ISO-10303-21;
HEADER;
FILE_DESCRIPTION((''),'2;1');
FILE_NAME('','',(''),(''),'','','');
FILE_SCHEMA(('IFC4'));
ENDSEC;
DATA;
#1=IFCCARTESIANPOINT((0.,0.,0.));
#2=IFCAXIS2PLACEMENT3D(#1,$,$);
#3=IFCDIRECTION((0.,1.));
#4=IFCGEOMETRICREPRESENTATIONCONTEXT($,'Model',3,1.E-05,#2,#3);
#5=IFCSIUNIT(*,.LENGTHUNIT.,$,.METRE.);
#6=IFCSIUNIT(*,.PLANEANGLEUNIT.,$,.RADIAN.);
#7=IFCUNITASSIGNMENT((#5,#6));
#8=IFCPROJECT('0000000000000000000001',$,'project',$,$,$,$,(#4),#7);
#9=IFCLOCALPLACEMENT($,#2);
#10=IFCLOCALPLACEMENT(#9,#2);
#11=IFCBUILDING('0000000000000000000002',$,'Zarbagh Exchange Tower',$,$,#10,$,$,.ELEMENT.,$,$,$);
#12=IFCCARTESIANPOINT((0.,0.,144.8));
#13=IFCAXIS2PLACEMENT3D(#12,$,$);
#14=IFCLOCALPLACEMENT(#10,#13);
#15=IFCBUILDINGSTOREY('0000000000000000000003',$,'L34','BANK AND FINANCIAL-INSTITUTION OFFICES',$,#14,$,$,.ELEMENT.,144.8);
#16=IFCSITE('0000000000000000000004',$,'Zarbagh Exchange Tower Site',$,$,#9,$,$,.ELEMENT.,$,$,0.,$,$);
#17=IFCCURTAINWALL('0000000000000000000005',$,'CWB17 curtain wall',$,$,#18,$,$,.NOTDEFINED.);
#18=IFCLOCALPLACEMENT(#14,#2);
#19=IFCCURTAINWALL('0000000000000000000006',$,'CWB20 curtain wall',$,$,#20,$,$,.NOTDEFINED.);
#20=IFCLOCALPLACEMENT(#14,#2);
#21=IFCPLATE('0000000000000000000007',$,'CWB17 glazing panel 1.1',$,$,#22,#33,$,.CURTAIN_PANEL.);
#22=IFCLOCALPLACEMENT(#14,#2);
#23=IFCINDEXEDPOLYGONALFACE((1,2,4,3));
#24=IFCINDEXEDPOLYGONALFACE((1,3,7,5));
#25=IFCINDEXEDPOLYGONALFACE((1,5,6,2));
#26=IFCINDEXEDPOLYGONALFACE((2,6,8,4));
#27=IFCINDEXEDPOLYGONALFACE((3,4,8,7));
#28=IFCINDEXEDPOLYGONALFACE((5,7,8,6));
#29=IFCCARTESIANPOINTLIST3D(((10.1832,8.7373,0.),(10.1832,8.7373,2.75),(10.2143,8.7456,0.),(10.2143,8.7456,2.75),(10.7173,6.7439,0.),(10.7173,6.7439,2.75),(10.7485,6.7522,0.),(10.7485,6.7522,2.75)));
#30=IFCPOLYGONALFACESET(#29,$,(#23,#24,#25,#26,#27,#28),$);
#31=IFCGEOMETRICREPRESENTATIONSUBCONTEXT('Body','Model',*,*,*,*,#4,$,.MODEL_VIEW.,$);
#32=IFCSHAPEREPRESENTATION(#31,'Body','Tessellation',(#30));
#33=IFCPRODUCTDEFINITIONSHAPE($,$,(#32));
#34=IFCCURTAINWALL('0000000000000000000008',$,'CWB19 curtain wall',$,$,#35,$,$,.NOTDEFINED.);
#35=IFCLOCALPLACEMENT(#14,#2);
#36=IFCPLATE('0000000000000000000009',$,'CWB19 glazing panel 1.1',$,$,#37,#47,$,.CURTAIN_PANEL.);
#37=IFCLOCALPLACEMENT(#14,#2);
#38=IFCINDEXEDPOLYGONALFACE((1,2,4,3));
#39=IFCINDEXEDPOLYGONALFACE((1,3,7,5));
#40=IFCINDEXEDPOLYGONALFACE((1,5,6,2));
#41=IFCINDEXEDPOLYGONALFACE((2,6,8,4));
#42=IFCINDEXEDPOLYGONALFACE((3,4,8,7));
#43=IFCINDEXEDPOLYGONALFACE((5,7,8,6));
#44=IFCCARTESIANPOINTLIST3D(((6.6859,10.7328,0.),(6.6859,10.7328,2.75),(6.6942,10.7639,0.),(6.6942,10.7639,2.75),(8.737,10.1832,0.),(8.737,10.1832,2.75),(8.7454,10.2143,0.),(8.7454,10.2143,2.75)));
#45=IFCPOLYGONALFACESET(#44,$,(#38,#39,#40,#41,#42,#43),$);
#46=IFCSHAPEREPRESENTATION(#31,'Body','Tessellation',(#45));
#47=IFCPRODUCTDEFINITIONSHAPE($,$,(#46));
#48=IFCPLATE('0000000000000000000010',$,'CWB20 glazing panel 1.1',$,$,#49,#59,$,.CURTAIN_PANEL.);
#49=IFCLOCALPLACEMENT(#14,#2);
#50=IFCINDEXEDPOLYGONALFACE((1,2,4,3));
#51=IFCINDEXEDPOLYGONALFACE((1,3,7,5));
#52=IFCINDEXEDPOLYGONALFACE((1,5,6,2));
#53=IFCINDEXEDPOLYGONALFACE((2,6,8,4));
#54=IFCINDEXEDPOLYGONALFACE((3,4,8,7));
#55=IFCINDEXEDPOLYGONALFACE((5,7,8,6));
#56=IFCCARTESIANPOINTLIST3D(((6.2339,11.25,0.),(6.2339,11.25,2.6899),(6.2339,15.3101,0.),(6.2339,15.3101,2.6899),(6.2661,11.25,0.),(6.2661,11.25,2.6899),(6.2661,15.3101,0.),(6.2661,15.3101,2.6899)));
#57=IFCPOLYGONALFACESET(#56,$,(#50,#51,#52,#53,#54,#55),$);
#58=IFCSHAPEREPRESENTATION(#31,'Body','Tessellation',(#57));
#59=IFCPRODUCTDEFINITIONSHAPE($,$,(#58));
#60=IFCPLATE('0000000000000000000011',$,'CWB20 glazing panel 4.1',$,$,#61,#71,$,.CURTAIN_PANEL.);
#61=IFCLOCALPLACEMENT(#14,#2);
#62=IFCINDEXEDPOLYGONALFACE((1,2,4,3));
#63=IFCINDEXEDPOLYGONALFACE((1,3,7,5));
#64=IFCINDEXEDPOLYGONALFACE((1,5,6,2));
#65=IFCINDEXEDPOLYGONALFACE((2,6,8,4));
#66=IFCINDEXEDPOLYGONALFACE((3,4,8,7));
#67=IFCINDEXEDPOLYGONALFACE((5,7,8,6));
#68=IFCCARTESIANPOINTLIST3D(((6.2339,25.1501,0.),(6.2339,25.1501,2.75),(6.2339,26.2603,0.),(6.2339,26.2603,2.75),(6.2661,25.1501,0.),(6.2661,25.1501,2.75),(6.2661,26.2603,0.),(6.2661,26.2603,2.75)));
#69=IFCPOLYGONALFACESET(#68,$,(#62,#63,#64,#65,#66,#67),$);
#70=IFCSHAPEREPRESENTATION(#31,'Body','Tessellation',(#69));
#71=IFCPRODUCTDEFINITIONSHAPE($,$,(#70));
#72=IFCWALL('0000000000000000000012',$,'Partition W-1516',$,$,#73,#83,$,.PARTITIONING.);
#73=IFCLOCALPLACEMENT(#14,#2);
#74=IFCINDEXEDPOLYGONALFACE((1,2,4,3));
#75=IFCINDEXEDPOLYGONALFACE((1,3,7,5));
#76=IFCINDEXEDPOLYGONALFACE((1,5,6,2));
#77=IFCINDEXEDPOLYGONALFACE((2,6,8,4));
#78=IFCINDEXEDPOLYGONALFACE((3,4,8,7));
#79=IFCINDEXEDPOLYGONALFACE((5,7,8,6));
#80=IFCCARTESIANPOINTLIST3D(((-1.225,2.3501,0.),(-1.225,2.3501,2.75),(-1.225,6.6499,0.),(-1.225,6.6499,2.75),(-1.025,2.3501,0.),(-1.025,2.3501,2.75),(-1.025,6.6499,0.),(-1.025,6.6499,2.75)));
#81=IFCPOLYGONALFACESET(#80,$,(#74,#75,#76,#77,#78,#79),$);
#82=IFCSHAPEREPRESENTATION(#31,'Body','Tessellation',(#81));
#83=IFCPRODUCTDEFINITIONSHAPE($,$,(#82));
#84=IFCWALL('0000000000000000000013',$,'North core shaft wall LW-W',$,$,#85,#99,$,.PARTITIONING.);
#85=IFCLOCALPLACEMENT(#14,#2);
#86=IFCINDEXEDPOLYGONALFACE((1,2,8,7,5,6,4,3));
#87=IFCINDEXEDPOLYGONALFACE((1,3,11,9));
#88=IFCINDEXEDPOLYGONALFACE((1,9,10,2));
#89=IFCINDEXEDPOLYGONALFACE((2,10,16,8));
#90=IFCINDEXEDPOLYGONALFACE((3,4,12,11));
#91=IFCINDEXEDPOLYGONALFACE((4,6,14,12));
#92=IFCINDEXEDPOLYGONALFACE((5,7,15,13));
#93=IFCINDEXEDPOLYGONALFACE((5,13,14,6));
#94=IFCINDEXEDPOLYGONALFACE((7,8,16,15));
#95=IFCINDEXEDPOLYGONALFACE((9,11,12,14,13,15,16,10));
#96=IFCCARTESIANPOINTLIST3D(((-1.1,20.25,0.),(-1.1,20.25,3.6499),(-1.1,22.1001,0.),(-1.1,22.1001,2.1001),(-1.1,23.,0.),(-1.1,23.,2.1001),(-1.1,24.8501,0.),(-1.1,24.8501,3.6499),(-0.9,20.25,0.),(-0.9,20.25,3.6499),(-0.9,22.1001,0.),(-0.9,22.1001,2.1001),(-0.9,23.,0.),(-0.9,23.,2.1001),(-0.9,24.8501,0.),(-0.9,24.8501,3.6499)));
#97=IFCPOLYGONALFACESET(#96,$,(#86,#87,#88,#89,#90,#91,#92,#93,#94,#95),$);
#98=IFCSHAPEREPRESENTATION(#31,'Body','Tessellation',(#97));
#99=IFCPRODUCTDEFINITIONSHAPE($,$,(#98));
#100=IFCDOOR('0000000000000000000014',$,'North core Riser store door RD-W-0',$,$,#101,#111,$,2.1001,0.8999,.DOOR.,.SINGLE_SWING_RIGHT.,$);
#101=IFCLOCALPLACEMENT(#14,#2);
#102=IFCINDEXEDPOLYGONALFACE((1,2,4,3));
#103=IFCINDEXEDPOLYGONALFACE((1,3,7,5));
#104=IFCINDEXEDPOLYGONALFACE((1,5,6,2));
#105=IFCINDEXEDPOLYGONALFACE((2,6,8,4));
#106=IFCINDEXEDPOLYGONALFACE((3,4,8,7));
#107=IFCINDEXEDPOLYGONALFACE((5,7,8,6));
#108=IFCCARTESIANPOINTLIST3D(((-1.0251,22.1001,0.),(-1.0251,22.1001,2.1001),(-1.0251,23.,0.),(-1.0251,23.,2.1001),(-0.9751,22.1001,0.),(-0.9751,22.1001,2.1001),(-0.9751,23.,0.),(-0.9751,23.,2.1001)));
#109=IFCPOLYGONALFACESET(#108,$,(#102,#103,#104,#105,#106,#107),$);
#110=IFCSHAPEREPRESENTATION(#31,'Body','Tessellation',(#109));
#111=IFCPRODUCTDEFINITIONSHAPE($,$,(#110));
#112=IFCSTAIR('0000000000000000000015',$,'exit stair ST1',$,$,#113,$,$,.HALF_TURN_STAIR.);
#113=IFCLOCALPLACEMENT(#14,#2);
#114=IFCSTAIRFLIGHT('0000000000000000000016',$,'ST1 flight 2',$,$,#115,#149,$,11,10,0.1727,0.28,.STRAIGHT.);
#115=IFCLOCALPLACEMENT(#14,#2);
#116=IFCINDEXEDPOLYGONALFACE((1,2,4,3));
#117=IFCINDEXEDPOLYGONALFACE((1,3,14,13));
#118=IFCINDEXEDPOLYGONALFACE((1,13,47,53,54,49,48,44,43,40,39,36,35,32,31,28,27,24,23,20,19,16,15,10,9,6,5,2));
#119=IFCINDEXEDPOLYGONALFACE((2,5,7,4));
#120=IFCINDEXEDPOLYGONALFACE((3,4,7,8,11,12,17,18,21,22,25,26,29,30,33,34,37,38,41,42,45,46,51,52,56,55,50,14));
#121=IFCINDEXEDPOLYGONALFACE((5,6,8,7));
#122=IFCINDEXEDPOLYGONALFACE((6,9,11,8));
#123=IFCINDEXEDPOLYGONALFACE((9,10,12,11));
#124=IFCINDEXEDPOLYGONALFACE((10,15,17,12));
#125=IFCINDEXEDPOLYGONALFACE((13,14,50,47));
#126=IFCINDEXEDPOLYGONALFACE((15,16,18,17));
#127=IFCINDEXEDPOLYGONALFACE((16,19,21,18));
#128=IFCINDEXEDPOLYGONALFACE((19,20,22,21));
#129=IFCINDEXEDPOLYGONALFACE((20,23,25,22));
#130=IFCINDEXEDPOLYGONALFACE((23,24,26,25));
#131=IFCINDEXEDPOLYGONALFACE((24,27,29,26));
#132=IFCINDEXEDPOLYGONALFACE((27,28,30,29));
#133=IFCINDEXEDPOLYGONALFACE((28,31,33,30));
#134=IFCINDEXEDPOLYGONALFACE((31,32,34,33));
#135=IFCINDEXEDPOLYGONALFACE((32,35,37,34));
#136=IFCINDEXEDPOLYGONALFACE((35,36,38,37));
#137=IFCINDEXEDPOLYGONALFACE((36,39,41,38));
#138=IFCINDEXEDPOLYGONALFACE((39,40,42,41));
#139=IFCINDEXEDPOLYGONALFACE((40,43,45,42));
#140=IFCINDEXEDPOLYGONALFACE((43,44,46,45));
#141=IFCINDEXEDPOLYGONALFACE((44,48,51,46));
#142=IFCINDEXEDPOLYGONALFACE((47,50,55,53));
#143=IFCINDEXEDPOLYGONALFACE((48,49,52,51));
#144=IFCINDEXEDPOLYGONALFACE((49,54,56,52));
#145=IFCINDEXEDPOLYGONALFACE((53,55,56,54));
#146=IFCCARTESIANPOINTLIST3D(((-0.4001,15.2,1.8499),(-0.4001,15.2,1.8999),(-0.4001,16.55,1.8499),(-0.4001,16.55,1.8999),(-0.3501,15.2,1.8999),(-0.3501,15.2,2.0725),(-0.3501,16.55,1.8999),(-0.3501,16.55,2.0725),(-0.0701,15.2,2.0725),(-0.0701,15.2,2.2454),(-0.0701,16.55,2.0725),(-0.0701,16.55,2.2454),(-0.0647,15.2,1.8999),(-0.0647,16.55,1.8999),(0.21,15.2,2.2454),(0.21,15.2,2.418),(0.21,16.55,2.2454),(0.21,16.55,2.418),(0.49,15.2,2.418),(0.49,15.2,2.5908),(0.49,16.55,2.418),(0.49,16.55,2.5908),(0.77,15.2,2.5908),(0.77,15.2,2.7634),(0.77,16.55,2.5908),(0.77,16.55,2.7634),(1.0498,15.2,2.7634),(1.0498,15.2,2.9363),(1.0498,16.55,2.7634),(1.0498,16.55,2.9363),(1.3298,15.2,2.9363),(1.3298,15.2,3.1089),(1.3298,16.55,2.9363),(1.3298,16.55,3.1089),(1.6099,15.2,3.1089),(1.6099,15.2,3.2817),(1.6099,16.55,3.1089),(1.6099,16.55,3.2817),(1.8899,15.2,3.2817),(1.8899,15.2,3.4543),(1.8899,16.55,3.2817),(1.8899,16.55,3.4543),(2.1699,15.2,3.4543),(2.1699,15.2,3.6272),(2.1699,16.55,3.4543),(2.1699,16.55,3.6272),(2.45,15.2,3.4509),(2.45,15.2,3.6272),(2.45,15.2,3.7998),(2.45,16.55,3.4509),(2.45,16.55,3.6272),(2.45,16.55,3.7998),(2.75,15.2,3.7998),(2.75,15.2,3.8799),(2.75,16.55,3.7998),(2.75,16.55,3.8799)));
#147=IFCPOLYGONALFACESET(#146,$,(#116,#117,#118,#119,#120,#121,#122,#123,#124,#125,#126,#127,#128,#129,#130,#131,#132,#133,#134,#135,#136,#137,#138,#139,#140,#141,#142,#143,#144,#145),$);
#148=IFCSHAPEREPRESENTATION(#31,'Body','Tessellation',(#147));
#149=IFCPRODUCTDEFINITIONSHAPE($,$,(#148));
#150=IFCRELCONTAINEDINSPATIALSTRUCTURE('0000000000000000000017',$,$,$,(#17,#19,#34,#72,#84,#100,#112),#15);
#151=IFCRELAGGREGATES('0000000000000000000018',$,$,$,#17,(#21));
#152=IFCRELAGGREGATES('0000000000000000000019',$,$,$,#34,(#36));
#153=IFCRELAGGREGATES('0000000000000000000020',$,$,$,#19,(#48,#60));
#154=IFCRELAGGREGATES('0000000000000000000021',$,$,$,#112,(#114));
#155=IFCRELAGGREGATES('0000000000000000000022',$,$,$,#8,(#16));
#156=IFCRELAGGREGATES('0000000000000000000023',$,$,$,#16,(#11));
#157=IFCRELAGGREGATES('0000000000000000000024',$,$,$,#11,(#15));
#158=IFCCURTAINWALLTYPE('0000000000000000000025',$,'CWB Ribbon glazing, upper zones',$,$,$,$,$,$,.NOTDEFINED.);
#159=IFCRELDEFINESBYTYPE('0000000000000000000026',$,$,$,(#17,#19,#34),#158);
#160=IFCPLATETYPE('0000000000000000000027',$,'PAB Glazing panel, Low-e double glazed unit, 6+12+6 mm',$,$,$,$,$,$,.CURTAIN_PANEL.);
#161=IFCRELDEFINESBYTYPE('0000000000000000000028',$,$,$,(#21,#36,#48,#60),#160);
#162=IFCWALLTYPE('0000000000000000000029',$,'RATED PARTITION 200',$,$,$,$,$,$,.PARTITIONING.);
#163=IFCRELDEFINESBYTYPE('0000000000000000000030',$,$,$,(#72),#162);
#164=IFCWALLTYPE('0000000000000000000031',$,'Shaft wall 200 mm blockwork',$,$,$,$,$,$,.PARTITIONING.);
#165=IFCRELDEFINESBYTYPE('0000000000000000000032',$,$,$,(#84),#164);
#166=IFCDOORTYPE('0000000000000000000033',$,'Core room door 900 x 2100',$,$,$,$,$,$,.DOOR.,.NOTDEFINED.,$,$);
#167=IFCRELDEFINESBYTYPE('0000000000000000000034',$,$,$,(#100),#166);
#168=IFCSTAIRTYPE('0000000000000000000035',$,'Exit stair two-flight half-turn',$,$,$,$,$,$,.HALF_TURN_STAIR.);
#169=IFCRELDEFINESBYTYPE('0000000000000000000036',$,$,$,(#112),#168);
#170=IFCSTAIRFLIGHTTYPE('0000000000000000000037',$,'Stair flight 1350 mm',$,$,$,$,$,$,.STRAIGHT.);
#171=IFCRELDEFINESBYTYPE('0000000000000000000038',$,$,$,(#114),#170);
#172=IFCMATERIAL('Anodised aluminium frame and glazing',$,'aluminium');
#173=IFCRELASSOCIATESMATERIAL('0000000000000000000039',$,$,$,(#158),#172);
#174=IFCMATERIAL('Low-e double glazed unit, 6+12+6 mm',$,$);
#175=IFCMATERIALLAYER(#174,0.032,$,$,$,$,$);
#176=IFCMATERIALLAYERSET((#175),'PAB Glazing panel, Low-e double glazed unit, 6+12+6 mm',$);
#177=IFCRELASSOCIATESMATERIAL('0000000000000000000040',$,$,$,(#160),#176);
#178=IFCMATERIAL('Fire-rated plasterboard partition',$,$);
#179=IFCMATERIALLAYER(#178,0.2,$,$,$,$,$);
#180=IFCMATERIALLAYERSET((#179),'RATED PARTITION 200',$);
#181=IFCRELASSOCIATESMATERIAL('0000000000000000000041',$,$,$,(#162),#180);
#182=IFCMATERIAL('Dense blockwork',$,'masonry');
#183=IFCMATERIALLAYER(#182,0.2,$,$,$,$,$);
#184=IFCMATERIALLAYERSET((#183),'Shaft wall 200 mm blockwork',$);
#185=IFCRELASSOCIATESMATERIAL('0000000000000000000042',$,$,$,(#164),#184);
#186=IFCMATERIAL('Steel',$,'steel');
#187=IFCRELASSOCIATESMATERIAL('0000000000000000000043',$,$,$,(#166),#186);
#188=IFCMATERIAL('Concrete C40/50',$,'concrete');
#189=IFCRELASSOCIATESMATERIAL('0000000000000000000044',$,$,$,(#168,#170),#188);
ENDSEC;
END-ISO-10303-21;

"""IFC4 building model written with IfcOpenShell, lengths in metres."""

from ifc_helpers import new_model, si_unit, direction, frame, frame_2d, origin, place, context, subcontext, project, spatial, polyline, rectangle, outline, extrude, source, transform, mapped, material, layer, layer_set, type_object, element, fill, aggregate, save


model = new_model("IFC4")

# Units and contexts
model_context = context("Model", 3, precision=1e-05, world=origin(), true_north=direction((0.0, 1.0)))
body_context = subcontext(model_context, "Body", "Model", "MODEL_VIEW")
ifc_project = project(units=[si_unit("LENGTHUNIT", "METRE"), si_unit("PLANEANGLEUNIT", "RADIAN")], contexts=[model_context])

# Site, building, storey
site_placement = place(None, origin())
site = spatial("IfcSite", under=ifc_project, at=site_placement, Name="Zarbagh Exchange Tower Site", CompositionType="ELEMENT", RefElevation=0.0)
building_placement = place(site_placement, origin())
building = spatial("IfcBuilding", under=site, at=building_placement, Name="Zarbagh Exchange Tower", CompositionType="ELEMENT")
storey_placement = place(building_placement, frame((0.0, 0.0, 144.8)))
storey = spatial("IfcBuildingStorey", under=building, at=storey_placement, Name="L34", Description="BANK AND FINANCIAL-INSTITUTION OFFICES", CompositionType="ELEMENT", Elevation=144.8)

# Shared definitions
ifc_material_1 = material(Name="Anodised aluminium frame and glazing", Category="aluminium")
curtain_wall_type = type_object("IfcCurtainWallType", Name="CWB Ribbon glazing, upper zones", PredefinedType="NOTDEFINED", material=ifc_material_1)
placement = place(storey_placement, origin())

# Curtain wall
curtain_wall_1_placement = place(storey_placement, origin())
curtain_wall_1 = element("IfcCurtainWall", 1, at=curtain_wall_1_placement, inside=storey, type_object=curtain_wall_type, Name="CWB17 curtain wall", PredefinedType="NOTDEFINED")

# Curtain wall
curtain_wall_2_placement = place(storey_placement, origin())
curtain_wall_2 = element("IfcCurtainWall", 2, at=curtain_wall_2_placement, inside=storey, type_object=curtain_wall_type, Name="CWB20 curtain wall", PredefinedType="NOTDEFINED")

# Shared definitions
ifc_material_2 = material(Name="Low-e double glazed unit, 6+12+6 mm")
ifc_layer_1 = layer(ifc_material_2, 0.032)
ifc_layer_set_1 = layer_set([ifc_layer_1], Name="PAB Glazing panel, Low-e double glazed unit, 6+12+6 mm")
plate_type = type_object("IfcPlateType", Name="PAB Glazing panel, Low-e double glazed unit, 6+12+6 mm", PredefinedType="CURTAIN_PANEL", material=ifc_layer_set_1)

# Plate
shared_shape_1 = source(origin(), body_context, "Body", "SweptSolid", [
    extrude(outline(polyline([(0.0, -0.0161), (2.0637, -0.0161), (2.0637, 0.0161), (0.0, 0.0161), (0.0, -0.0161)])), origin(), (0.0, 0.0, 1.0), 2.75),
])
plate_1 = element("IfcPlate", 3, at=placement, type_object=plate_type, Name="CWB17 glazing panel 1.1", PredefinedType="CURTAIN_PANEL", context=body_context, shape_type="MappedRepresentation", body=[
    mapped(shared_shape_1, transform((10.7329, 6.748, 0.0), x_axis=(-0.258825, 0.965924, 0.0), y_axis=(-0.965924, -0.258825, 0.0), z_axis=(0.0, 0.0, 1.0))),
])
aggregate(curtain_wall_1, [plate_1])

# Curtain wall, plate
curtain_wall_3_placement = place(storey_placement, origin())
curtain_wall_3 = element("IfcCurtainWall", 4, at=curtain_wall_3_placement, inside=storey, type_object=curtain_wall_type, Name="CWB19 curtain wall", PredefinedType="NOTDEFINED")
shared_shape_2 = source(origin(), body_context, "Body", "SweptSolid", [
    extrude(outline(polyline([(0.0, -0.0161), (2.1235, -0.0161), (2.1235, 0.0161), (0.0, 0.0161), (0.0, -0.0161)])), origin(), (0.0, 0.0, 1.0), 2.75),
])
plate_2 = element("IfcPlate", 5, at=placement, type_object=plate_type, Name="CWB19 glazing panel 1.1", PredefinedType="CURTAIN_PANEL", context=body_context, shape_type="MappedRepresentation", body=[
    mapped(shared_shape_2, transform((8.7412, 10.1987, 0.0), x_axis=(-0.965924, 0.258825, 0.0), y_axis=(-0.258825, -0.965924, 0.0), z_axis=(0.0, 0.0, 1.0))),
])
aggregate(curtain_wall_3, [plate_2])

# Plates
shared_shape_3 = source(origin(), body_context, "Body", "SweptSolid", [
    extrude(outline(polyline([(0.0, -0.0161), (4.0601, -0.0161), (4.0601, 0.0161), (0.0, 0.0161), (0.0, -0.0161)])), origin(), (0.0, 0.0, 1.0), 2.6899),
])
plate_3 = element("IfcPlate", 6, at=placement, type_object=plate_type, Name="CWB20 glazing panel 1.1", PredefinedType="CURTAIN_PANEL", context=body_context, shape_type="MappedRepresentation", body=[
    mapped(shared_shape_3, transform((6.25, 11.25, 0.0), x_axis=(0.0, 1.0, 0.0), y_axis=(-1.0, 0.0, 0.0), z_axis=(0.0, 0.0, 1.0))),
])
shared_shape_4 = source(origin(), body_context, "Body", "SweptSolid", [
    extrude(outline(polyline([(0.0, -0.0161), (1.1101, -0.0161), (1.1101, 0.0161), (0.0, 0.0161), (0.0, -0.0161)])), origin(), (0.0, 0.0, 1.0), 2.75),
])
plate_4 = element("IfcPlate", 7, at=placement, type_object=plate_type, Name="CWB20 glazing panel 4.1", PredefinedType="CURTAIN_PANEL", context=body_context, shape_type="MappedRepresentation", body=[
    mapped(shared_shape_4, transform((6.25, 25.1501, 0.0), x_axis=(0.0, 1.0, 0.0), y_axis=(-1.0, 0.0, 0.0), z_axis=(0.0, 0.0, 1.0))),
])
aggregate(curtain_wall_2, [plate_3, plate_4])

# Wall
ifc_material_3 = material(Name="Fire-rated plasterboard partition")
ifc_layer_2 = layer(ifc_material_3, 0.2)
ifc_layer_set_2 = layer_set([ifc_layer_2], Name="RATED PARTITION 200")
wall_type_1 = type_object("IfcWallType", Name="RATED PARTITION 200", PredefinedType="PARTITIONING", material=ifc_layer_set_2)
wall_1_placement = place(storey_placement, frame((-1.125, 2.3501, 0.0), z_axis=(0.0, 0.0, 1.0), x_axis=(0.0, 1.0, 0.0)))
element("IfcWall", 8, at=wall_1_placement, inside=storey, type_object=wall_type_1, Name="Partition W-1516", PredefinedType="PARTITIONING", context=body_context, shape_type="SweptSolid", body=[
    extrude(rectangle(XDim=4.2998, YDim=0.2, at=frame_2d((2.1499, 0.0))), origin(), (0.0, 0.0, 1.0), 2.75),
])

# Wall, opening, door
ifc_material_4 = material(Name="Dense blockwork", Category="masonry")
ifc_layer_3 = layer(ifc_material_4, 0.2)
ifc_layer_set_3 = layer_set([ifc_layer_3], Name="Shaft wall 200 mm blockwork")
wall_type_2 = type_object("IfcWallType", Name="Shaft wall 200 mm blockwork", PredefinedType="PARTITIONING", material=ifc_layer_set_3)
wall_2_placement = place(storey_placement, frame((-1.0, 24.8501, 0.0), z_axis=(0.0, 0.0, 1.0), x_axis=(0.0, -1.0, 0.0)))
wall_2 = element("IfcWall", 9, at=wall_2_placement, inside=storey, type_object=wall_type_2, Name="North core shaft wall LW-W", PredefinedType="PARTITIONING", context=body_context, shape_type="SweptSolid", body=[
    extrude(rectangle(XDim=4.6001, YDim=0.2, at=frame_2d((2.3, 0.0))), origin(), (0.0, 0.0, 1.0), 3.6499),
])
opening_placement = place(wall_2_placement, frame((1.8501, 0.0, 0.0)))
opening = element("IfcOpeningElement", 10, at=opening_placement, cuts=wall_2, PredefinedType="OPENING", context=body_context, shape_type="SweptSolid", body=[
    extrude(rectangle(XDim=0.8999, YDim=2.1001, at=frame_2d((0.45, 1.05))), frame((0.0, 0.1099, 0.0), z_axis=(0.0, -1.0, 0.0), x_axis=(1.0, 0.0, 0.0)), (0.0, 0.0, 1.0), 0.22),
])
ifc_material_5 = material(Name="Steel", Category="steel")
door_type = type_object("IfcDoorType", Name="Core room door 900 x 2100", OperationType="NOTDEFINED", PredefinedType="DOOR", material=ifc_material_5)
door_placement = place(opening_placement, origin())
door = element("IfcDoor", 11, at=door_placement, inside=storey, type_object=door_type, Name="North core Riser store door RD-W-0", OperationType="SINGLE_SWING_RIGHT", OverallHeight=2.1001, OverallWidth=0.8999, PredefinedType="DOOR", context=body_context, shape_type="SweptSolid", body=[
    extrude(rectangle(XDim=0.8999, YDim=2.1001, at=frame_2d((0.45, 1.05))), frame((0.0, 0.0249, 0.0), z_axis=(0.0, -1.0, 0.0), x_axis=(1.0, 0.0, 0.0)), (0.0, 0.0, 1.0), 0.05),
])
fill(opening, door)

# Stair, stair flight
ifc_material_6 = material(Name="Concrete C40/50", Category="concrete")
stair_type = type_object("IfcStairType", Name="Exit stair two-flight half-turn", PredefinedType="HALF_TURN_STAIR", material=ifc_material_6)
stair_placement = place(storey_placement, origin())
stair = element("IfcStair", 12, at=stair_placement, inside=storey, type_object=stair_type, Name="exit stair ST1", PredefinedType="HALF_TURN_STAIR")
stair_flight_type = type_object("IfcStairFlightType", Name="Stair flight 1350 mm", PredefinedType="STRAIGHT", material=ifc_material_6)
stair_flight_placement = place(storey_placement, frame((-0.3501, 15.875, 1.8999), z_axis=(0.0, 0.0, 1.0), x_axis=(1.0, 0.0, 0.0)))
stair_flight = element("IfcStairFlight", 13, at=stair_flight_placement, type_object=stair_flight_type, Name="ST1 flight 2", NumberOfRisers=11, NumberOfTreads=10, PredefinedType="STRAIGHT", RiserHeight=0.1727, TreadLength=0.28, context=body_context, shape_type="SweptSolid", body=[
    extrude(outline(polyline([(-0.05, -0.05), (-0.05, 0.0), (0.0, 0.0), (0.0, 0.1726), (0.28, 0.1726), (0.28, 0.3455), (0.5601, 0.3455), (0.5601, 0.5181), (0.8401, 0.5181), (0.8401, 0.6909), (1.1201, 0.6909), (1.1201, 0.8635), (1.3999, 0.8635), (1.3999, 1.0364), (1.6799, 1.0364), (1.6799, 1.209), (1.96, 1.209), (1.96, 1.3818), (2.24, 1.3818), (2.24, 1.5544), (2.52, 1.5544), (2.52, 1.7273), (2.8, 1.7273), (2.8, 1.8999), (3.1001, 1.98), (3.1001, 1.8999), (2.8, 1.551), (0.2854, 0.0), (-0.05, -0.05)])), frame((0.0, 0.675, 0.0), z_axis=(0.0, -1.0, 0.0), x_axis=(1.0, 0.0, 0.0)), (0.0, 0.0, 1.0), 1.3501),
])
aggregate(stair, [stair_flight])

save(model, "model.ifc")
